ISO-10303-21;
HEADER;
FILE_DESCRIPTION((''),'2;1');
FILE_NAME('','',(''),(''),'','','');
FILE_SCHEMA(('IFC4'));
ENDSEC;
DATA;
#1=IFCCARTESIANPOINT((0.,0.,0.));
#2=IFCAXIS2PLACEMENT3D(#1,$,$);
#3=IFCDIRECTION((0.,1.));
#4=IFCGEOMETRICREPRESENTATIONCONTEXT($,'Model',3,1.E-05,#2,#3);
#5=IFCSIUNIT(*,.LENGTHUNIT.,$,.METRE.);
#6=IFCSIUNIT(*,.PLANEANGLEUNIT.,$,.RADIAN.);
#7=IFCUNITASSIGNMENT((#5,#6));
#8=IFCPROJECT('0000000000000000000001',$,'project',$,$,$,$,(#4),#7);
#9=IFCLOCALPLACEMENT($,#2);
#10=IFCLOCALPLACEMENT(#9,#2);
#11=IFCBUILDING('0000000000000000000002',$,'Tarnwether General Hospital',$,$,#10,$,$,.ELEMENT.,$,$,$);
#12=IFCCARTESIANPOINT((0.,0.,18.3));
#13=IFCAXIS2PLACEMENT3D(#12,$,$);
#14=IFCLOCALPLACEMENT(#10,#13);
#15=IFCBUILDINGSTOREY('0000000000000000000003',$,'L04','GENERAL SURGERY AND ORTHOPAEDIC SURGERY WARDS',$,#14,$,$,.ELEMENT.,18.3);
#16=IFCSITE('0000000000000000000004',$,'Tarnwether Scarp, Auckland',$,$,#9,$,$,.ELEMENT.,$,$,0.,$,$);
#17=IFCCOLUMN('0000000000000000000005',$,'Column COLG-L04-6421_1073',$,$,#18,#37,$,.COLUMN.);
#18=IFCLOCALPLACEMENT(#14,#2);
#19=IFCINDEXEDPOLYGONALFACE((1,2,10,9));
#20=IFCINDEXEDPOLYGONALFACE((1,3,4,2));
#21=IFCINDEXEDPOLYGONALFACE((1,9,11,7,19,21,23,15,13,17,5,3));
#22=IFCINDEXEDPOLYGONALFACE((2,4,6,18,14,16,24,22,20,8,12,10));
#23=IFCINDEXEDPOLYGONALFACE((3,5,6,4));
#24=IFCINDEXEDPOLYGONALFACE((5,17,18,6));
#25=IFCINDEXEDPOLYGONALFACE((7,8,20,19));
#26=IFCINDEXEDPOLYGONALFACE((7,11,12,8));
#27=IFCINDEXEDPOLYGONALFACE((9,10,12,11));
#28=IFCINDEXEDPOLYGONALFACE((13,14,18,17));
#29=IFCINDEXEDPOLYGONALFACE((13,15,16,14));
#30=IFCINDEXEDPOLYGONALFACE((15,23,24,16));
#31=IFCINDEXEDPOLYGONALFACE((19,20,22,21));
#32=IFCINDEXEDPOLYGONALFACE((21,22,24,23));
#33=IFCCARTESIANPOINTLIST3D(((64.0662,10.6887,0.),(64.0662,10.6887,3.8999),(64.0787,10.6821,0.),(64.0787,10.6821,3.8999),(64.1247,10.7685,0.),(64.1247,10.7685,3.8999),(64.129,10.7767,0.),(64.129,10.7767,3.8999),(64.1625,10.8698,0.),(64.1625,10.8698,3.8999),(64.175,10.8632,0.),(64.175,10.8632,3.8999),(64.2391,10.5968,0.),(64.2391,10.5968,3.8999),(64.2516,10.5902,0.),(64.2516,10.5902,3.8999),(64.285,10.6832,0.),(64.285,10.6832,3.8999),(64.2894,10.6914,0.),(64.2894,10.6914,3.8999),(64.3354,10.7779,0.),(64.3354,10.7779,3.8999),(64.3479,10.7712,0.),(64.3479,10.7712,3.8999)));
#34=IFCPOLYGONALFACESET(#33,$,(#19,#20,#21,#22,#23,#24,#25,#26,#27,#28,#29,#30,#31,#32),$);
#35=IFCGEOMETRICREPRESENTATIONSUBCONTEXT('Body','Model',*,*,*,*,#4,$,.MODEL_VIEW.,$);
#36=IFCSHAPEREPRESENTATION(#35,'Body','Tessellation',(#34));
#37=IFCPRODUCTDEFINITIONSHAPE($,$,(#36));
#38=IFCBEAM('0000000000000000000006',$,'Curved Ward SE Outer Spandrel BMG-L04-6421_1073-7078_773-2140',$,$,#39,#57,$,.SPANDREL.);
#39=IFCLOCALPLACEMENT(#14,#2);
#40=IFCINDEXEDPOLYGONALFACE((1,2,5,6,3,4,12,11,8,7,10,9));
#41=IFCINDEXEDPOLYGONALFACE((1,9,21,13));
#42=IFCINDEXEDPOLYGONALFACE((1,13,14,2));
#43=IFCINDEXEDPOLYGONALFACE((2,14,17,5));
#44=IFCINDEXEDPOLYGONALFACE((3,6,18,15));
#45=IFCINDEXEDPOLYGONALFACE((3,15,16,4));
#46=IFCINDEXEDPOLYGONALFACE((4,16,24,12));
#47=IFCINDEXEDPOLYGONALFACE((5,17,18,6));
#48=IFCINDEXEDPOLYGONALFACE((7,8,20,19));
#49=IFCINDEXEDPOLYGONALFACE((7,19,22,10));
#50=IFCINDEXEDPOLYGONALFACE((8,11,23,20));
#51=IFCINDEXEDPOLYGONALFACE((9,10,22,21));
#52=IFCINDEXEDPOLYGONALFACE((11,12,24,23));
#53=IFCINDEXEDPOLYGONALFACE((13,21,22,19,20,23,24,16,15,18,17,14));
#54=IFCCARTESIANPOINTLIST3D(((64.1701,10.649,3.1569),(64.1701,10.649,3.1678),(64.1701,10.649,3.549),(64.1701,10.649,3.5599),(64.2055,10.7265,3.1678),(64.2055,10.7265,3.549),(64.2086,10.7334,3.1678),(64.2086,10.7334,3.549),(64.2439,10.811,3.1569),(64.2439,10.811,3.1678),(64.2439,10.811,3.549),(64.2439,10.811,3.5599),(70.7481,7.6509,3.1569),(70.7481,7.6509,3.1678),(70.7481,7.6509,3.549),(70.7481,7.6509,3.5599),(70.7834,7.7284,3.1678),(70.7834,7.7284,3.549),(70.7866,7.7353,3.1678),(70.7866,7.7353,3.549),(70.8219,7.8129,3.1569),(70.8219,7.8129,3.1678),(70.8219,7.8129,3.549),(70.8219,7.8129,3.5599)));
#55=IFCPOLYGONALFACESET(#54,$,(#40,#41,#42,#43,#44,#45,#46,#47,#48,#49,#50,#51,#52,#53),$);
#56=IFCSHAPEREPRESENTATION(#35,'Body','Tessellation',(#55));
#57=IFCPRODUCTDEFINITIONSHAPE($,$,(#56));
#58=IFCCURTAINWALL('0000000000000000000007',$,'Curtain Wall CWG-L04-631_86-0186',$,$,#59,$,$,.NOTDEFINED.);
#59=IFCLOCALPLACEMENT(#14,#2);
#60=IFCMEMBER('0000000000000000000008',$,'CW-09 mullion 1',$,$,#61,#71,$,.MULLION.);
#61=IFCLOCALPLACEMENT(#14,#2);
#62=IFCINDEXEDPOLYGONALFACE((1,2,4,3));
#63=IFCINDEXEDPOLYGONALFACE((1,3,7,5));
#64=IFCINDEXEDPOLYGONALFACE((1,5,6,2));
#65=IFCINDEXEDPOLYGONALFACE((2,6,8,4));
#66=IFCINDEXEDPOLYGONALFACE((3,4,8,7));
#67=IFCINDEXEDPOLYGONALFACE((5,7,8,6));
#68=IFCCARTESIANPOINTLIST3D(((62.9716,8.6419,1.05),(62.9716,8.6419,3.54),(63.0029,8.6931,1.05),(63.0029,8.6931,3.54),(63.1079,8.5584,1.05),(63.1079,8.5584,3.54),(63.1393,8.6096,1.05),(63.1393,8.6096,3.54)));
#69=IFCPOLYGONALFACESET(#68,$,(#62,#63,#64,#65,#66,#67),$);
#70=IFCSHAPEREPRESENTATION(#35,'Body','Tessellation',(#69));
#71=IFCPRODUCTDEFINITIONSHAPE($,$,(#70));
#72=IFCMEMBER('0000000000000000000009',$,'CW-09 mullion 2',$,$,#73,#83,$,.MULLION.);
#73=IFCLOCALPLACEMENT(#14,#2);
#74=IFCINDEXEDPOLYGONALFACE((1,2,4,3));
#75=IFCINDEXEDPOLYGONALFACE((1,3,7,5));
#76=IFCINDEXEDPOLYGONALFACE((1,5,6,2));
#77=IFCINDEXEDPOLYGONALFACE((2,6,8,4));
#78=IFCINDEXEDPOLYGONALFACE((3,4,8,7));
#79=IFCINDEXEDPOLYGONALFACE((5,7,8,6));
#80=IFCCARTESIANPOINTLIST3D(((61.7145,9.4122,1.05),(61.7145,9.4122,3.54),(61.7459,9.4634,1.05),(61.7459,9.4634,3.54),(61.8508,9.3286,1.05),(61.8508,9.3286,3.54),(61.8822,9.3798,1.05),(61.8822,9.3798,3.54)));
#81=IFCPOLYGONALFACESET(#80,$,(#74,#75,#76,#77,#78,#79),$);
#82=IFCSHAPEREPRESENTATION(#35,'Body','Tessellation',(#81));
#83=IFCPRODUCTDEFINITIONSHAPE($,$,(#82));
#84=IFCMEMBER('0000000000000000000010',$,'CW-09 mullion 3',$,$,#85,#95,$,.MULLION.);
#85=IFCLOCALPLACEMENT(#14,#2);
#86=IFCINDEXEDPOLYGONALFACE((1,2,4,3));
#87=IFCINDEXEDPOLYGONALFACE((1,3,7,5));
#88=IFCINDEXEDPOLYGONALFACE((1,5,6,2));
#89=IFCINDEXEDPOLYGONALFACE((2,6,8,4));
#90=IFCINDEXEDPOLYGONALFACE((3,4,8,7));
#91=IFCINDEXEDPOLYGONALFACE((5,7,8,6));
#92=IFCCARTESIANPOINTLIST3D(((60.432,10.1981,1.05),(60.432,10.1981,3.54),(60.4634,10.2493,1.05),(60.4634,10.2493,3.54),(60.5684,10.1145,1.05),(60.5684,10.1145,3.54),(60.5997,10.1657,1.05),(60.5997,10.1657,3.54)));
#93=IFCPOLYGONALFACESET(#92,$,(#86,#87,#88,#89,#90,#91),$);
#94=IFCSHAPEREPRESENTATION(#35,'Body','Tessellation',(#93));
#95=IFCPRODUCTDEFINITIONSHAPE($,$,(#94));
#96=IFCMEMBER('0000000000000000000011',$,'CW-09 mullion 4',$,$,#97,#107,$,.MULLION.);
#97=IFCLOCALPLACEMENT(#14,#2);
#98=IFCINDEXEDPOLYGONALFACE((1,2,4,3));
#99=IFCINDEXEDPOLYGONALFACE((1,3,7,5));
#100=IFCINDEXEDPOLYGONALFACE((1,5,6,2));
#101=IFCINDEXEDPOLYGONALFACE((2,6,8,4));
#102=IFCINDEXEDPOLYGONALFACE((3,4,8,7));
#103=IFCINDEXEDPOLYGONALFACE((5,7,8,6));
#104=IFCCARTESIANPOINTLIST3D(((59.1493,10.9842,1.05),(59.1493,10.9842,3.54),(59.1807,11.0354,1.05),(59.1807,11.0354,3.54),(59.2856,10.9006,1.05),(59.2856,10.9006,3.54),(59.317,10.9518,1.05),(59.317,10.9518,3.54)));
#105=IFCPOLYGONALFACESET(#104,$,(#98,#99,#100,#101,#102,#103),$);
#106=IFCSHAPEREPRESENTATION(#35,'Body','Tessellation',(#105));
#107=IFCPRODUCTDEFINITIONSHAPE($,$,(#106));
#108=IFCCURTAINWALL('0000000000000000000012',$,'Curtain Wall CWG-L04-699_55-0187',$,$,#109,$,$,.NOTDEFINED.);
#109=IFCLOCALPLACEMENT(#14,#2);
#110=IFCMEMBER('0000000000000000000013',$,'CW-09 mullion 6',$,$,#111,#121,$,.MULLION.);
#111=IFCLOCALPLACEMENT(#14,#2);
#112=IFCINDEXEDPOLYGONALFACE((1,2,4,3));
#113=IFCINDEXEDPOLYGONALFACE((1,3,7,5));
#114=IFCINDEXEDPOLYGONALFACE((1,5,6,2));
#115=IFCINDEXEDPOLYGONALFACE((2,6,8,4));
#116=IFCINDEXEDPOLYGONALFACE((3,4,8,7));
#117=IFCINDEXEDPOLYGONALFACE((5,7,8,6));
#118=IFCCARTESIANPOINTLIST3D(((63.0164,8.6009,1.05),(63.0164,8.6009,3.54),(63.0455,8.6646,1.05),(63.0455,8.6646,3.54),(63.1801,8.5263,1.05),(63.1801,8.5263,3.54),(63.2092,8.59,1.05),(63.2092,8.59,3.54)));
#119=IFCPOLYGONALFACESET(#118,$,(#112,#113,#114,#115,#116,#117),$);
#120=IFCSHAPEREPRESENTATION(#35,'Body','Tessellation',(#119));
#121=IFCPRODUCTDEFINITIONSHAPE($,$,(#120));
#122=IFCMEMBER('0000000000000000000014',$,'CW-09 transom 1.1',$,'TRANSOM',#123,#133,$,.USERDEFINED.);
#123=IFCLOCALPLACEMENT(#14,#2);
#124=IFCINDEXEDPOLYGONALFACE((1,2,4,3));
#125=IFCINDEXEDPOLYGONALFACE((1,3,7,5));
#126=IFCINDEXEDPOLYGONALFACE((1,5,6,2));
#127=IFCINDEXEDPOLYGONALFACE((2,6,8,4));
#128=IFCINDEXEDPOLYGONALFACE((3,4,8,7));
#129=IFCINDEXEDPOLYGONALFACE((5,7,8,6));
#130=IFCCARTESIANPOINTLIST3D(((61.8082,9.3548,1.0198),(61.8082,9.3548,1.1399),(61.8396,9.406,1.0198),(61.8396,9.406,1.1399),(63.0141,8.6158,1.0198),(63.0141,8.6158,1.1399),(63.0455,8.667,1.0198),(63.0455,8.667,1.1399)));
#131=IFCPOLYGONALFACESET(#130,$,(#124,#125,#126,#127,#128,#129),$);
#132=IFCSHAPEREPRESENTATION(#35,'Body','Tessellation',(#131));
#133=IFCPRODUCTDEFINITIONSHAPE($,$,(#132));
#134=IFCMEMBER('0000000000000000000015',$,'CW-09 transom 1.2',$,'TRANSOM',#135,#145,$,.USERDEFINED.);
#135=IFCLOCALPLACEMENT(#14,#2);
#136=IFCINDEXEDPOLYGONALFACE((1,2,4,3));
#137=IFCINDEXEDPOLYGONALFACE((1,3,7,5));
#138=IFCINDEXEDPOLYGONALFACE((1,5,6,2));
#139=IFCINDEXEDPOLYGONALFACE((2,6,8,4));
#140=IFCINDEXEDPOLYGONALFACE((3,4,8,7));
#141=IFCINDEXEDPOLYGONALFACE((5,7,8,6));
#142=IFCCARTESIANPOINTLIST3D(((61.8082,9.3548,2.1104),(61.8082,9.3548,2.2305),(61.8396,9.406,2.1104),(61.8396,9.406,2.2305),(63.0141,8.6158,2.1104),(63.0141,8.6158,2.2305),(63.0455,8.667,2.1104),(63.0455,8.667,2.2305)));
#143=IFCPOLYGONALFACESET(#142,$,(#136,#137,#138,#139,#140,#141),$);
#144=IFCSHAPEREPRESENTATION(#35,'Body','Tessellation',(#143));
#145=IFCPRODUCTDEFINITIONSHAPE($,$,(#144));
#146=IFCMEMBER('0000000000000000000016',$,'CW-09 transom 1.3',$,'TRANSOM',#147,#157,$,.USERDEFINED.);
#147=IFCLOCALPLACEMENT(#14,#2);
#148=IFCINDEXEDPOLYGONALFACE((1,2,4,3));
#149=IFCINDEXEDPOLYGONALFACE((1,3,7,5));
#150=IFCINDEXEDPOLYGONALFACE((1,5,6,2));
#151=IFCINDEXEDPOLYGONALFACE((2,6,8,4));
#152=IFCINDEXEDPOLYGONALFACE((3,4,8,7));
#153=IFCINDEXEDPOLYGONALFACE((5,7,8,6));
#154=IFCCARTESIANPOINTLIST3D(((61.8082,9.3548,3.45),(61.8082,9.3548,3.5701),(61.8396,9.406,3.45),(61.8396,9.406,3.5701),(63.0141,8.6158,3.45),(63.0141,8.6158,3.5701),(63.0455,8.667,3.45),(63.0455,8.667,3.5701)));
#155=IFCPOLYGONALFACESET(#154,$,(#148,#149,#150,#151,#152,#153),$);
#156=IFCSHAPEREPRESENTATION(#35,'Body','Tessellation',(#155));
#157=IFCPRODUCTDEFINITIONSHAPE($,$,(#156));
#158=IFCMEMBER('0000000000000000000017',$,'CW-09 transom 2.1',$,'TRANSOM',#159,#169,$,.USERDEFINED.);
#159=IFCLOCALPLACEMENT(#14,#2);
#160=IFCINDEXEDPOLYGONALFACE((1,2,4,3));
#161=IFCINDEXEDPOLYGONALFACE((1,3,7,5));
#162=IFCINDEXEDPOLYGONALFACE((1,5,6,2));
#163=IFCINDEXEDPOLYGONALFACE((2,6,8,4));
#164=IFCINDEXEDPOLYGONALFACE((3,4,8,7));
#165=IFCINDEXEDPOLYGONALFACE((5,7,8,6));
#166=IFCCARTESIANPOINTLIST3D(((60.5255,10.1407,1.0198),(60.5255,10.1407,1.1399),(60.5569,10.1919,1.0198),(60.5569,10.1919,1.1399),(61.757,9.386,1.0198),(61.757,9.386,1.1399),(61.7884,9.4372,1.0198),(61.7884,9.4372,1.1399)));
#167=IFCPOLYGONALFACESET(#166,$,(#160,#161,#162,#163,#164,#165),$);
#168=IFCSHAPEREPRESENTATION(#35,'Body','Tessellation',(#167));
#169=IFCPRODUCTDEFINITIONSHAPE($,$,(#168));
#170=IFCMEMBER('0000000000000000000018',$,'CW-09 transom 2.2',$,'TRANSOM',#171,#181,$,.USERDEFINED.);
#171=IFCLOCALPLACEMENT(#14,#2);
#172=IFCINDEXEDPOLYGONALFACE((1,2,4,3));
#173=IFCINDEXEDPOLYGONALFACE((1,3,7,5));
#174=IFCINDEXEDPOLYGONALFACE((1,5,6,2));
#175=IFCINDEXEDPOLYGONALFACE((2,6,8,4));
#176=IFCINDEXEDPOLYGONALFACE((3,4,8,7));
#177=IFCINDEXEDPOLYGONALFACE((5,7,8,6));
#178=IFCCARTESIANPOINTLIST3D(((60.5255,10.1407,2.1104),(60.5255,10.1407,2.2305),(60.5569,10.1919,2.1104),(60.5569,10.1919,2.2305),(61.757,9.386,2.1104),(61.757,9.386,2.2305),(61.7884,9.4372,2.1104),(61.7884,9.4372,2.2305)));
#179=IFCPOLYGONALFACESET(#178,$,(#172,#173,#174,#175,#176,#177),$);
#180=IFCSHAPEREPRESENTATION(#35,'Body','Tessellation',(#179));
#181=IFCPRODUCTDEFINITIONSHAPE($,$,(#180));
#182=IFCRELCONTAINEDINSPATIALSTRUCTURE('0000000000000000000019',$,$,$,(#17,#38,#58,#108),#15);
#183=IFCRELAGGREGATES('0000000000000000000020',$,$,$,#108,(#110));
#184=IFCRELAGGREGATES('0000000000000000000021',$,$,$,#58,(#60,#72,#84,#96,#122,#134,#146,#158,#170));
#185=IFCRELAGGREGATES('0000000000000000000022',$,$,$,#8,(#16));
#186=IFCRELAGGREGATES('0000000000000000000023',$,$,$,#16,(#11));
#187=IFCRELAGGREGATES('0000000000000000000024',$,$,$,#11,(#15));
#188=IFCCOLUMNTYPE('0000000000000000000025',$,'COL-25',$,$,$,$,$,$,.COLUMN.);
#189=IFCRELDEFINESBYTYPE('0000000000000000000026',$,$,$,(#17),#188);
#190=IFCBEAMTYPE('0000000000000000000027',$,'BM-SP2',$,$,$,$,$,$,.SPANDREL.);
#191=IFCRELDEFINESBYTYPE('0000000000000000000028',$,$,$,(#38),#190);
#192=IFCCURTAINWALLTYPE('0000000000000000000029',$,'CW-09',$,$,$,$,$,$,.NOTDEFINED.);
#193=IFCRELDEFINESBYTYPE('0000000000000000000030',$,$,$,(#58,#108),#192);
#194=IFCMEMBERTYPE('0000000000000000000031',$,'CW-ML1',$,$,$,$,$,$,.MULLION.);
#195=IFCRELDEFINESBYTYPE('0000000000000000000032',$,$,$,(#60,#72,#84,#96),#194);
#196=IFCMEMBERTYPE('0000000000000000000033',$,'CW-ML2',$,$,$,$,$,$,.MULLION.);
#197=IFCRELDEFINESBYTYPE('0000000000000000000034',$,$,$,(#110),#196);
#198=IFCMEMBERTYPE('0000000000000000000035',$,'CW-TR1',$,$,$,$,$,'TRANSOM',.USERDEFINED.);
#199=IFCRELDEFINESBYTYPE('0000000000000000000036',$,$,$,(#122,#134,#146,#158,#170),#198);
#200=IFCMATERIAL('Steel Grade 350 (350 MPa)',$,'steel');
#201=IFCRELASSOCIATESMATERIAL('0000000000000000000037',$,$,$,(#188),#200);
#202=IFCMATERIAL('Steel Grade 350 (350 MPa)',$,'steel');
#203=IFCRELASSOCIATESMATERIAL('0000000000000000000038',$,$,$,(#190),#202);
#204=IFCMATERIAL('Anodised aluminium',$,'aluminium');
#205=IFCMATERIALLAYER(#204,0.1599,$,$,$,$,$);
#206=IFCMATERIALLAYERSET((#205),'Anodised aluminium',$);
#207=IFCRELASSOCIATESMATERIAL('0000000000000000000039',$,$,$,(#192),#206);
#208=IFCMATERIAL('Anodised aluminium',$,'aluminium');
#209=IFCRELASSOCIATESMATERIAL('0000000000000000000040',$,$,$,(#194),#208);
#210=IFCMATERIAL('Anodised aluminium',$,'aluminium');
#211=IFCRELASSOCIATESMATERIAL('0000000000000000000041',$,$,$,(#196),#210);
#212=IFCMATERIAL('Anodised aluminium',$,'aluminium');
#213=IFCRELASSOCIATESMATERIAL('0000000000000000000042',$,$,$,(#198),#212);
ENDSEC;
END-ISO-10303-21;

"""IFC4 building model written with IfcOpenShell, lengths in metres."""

from ifc_helpers import new_model, si_unit, direction, frame, origin, origin_2d, place, context, subcontext, project, spatial, rectangle, i_section, extrude, material, layer, layer_set, material_profile, profile_set, type_object, element, aggregate, save


model = new_model("IFC4")

# Units and contexts
model_context = context("Model", 3, precision=1e-05, world=origin(), true_north=direction((0.0, 1.0)))
body_context = subcontext(model_context, "Body", "Model", "MODEL_VIEW")
ifc_project = project(units=[si_unit("LENGTHUNIT", "METRE"), si_unit("PLANEANGLEUNIT", "RADIAN")], contexts=[model_context])

# Site, building, storey
site_placement = place(None, origin())
site = spatial("IfcSite", under=ifc_project, at=site_placement, Name="Tarnwether Scarp, Auckland", CompositionType="ELEMENT", RefElevation=0.0)
building_placement = place(site_placement, origin())
building = spatial("IfcBuilding", under=site, at=building_placement, Name="Tarnwether General Hospital", CompositionType="ELEMENT")
storey_placement = place(building_placement, frame((0.0, 0.0, 18.3)))
storey = spatial("IfcBuildingStorey", under=building, at=storey_placement, Name="L04", Description="GENERAL SURGERY AND ORTHOPAEDIC SURGERY WARDS", CompositionType="ELEMENT", Elevation=18.3)

# Column
ifc_material_1 = material(Name="Steel Grade 350 (350 MPa)", Category="steel")
ifc_material_profile_1 = material_profile(ifc_material_1, i_section(OverallWidth=0.2051, OverallDepth=0.21, WebThickness=0.0093, FlangeThickness=0.0142, at=origin_2d()), Name="200UC59.5")
ifc_profile_set_1 = profile_set([ifc_material_profile_1], Name="Steel Grade 350 (350 MPa)")
column_type = type_object("IfcColumnType", Name="COL-25", PredefinedType="COLUMN", material=ifc_profile_set_1)
column_placement = place(storey_placement, frame((64.207, 10.73, 0.0), z_axis=(0.0, 0.0, 1.0), x_axis=(0.469472, 0.882948, 0.0)))
element("IfcColumn", 1, at=column_placement, inside=storey, type_object=column_type, Name="Column COLG-L04-6421_1073", PredefinedType="COLUMN", context=body_context, shape_type="SweptSolid", body=[
    extrude(i_section(OverallWidth=0.2051, OverallDepth=0.21, WebThickness=0.0093, FlangeThickness=0.0142, at=origin_2d()), origin(), (0.0, 0.0, 1.0), 3.8999),
])

# Beam
ifc_material_2 = material(Name="Steel Grade 350 (350 MPa)", Category="steel")
ifc_material_profile_2 = material_profile(ifc_material_2, i_section(OverallWidth=0.178, OverallDepth=0.4031, WebThickness=0.0076, FlangeThickness=0.011, at=origin_2d()), Name="410UB53.7")
ifc_profile_set_2 = profile_set([ifc_material_profile_2], Name="Steel Grade 350 (350 MPa)")
beam_type = type_object("IfcBeamType", Name="BM-SP2", PredefinedType="SPANDREL", material=ifc_profile_set_2)
beam_placement = place(storey_placement, frame((64.207, 10.73, 3.3584), z_axis=(0.909944, -0.414731, 0.0), x_axis=(0.414731, 0.909944, 0.0)))
element("IfcBeam", 2, at=beam_placement, inside=storey, type_object=beam_type, Name="Curved Ward SE Outer Spandrel BMG-L04-6421_1073-7078_773-2140", PredefinedType="SPANDREL", context=body_context, shape_type="SweptSolid", body=[
    extrude(i_section(OverallWidth=0.178, OverallDepth=0.4031, WebThickness=0.0076, FlangeThickness=0.011, at=origin_2d()), origin(), (0.0, 0.0, 1.0), 7.229),
])

# Curtain wall, members
ifc_material_3 = material(Name="Anodised aluminium", Category="aluminium")
ifc_layer_1 = layer(ifc_material_3, 0.1599)
ifc_layer_set_1 = layer_set([ifc_layer_1], Name="Anodised aluminium")
curtain_wall_type = type_object("IfcCurtainWallType", Name="CW-09", PredefinedType="NOTDEFINED", material=ifc_layer_set_1)
curtain_wall_1_placement = place(storey_placement, origin())
curtain_wall_1 = element("IfcCurtainWall", 3, at=curtain_wall_1_placement, inside=storey, type_object=curtain_wall_type, Name="Curtain Wall CWG-L04-631_86-0186", PredefinedType="NOTDEFINED")
ifc_material_4 = material(Name="Anodised aluminium", Category="aluminium")
ifc_material_profile_3 = material_profile(ifc_material_4, rectangle(XDim=0.0601, YDim=0.1599, at=origin_2d()), Name="ALU-MUL-60x160")
ifc_profile_set_3 = profile_set([ifc_material_profile_3], Name="Anodised aluminium")
member_type_1 = type_object("IfcMemberType", Name="CW-ML1", PredefinedType="MULLION", material=ifc_profile_set_3)
member_1_placement = place(storey_placement, frame((63.0554, 8.6257, 1.05), z_axis=(0.0, 0.0, 1.0), x_axis=(-0.522509, -0.852634, 0.0)))
member_1 = element("IfcMember", 4, at=member_1_placement, type_object=member_type_1, Name="CW-09 mullion 1", PredefinedType="MULLION", context=body_context, shape_type="SweptSolid", body=[
    extrude(rectangle(XDim=0.0601, YDim=0.1599, at=origin_2d()), origin(), (0.0, 0.0, 1.0), 2.49),
])
member_2_placement = place(storey_placement, frame((61.7983, 9.396, 1.05), z_axis=(0.0, 0.0, 1.0), x_axis=(-0.522509, -0.852634, 0.0)))
member_2 = element("IfcMember", 5, at=member_2_placement, type_object=member_type_1, Name="CW-09 mullion 2", PredefinedType="MULLION", context=body_context, shape_type="SweptSolid", body=[
    extrude(rectangle(XDim=0.0601, YDim=0.1599, at=origin_2d()), origin(), (0.0, 0.0, 1.0), 2.49),
])
member_3_placement = place(storey_placement, frame((60.5159, 10.1819, 1.05), z_axis=(0.0, 0.0, 1.0), x_axis=(-0.522509, -0.852634, 0.0)))
member_3 = element("IfcMember", 6, at=member_3_placement, type_object=member_type_1, Name="CW-09 mullion 3", PredefinedType="MULLION", context=body_context, shape_type="SweptSolid", body=[
    extrude(rectangle(XDim=0.0601, YDim=0.1599, at=origin_2d()), origin(), (0.0, 0.0, 1.0), 2.49),
])
member_4_placement = place(storey_placement, frame((59.2332, 10.968, 1.05), z_axis=(0.0, 0.0, 1.0), x_axis=(-0.522509, -0.852634, 0.0)))
member_4 = element("IfcMember", 7, at=member_4_placement, type_object=member_type_1, Name="CW-09 mullion 4", PredefinedType="MULLION", context=body_context, shape_type="SweptSolid", body=[
    extrude(rectangle(XDim=0.0601, YDim=0.1599, at=origin_2d()), origin(), (0.0, 0.0, 1.0), 2.49),
])

# Curtain wall, member
curtain_wall_2_placement = place(storey_placement, origin())
curtain_wall_2 = element("IfcCurtainWall", 8, at=curtain_wall_2_placement, inside=storey, type_object=curtain_wall_type, Name="Curtain Wall CWG-L04-699_55-0187", PredefinedType="NOTDEFINED")
ifc_material_5 = material(Name="Anodised aluminium", Category="aluminium")
ifc_material_profile_4 = material_profile(ifc_material_5, rectangle(XDim=0.0701, YDim=0.1799, at=origin_2d()), Name="ALU-MUL-70x180")
ifc_profile_set_4 = profile_set([ifc_material_profile_4], Name="Anodised aluminium")
member_type_2 = type_object("IfcMemberType", Name="CW-ML2", PredefinedType="MULLION", material=ifc_profile_set_4)
member_5_placement = place(storey_placement, frame((63.1128, 8.5955, 1.05), z_axis=(0.0, 0.0, 1.0), x_axis=(-0.414694, -0.909961, 0.0)))
member_5 = element("IfcMember", 9, at=member_5_placement, type_object=member_type_2, Name="CW-09 mullion 6", PredefinedType="MULLION", context=body_context, shape_type="SweptSolid", body=[
    extrude(rectangle(XDim=0.0701, YDim=0.1799, at=origin_2d()), origin(), (0.0, 0.0, 1.0), 2.49),
])

# Members
ifc_material_6 = material(Name="Anodised aluminium", Category="aluminium")
ifc_material_profile_5 = material_profile(ifc_material_6, rectangle(XDim=0.0601, YDim=0.1201, at=origin_2d()), Name="ALU-TRN-60x120")
ifc_profile_set_5 = profile_set([ifc_material_profile_5], Name="Anodised aluminium")
member_type_3 = type_object("IfcMemberType", Name="CW-TR1", ElementType="TRANSOM", PredefinedType="USERDEFINED", material=ifc_profile_set_5)
member_6_placement = place(storey_placement, frame((63.0298, 8.6414, 1.0798), z_axis=(-0.852611, 0.522546, 0.0), x_axis=(-0.522546, -0.852611, 0.0)))
member_6 = element("IfcMember", 10, at=member_6_placement, type_object=member_type_3, Name="CW-09 transom 1.1", ObjectType="TRANSOM", PredefinedType="USERDEFINED", context=body_context, shape_type="SweptSolid", body=[
    extrude(rectangle(XDim=0.0601, YDim=0.1201, at=origin_2d()), origin(), (0.0, 0.0, 1.0), 1.4143),
])
member_7_placement = place(storey_placement, frame((63.0298, 8.6414, 2.1704), z_axis=(-0.852611, 0.522546, 0.0), x_axis=(-0.522546, -0.852611, 0.0)))
member_7 = element("IfcMember", 11, at=member_7_placement, type_object=member_type_3, Name="CW-09 transom 1.2", ObjectType="TRANSOM", PredefinedType="USERDEFINED", context=body_context, shape_type="SweptSolid", body=[
    extrude(rectangle(XDim=0.0601, YDim=0.1201, at=origin_2d()), origin(), (0.0, 0.0, 1.0), 1.4143),
])
member_8_placement = place(storey_placement, frame((63.0298, 8.6414, 3.51), z_axis=(-0.852611, 0.522546, 0.0), x_axis=(-0.522546, -0.852611, 0.0)))
member_8 = element("IfcMember", 12, at=member_8_placement, type_object=member_type_3, Name="CW-09 transom 1.3", ObjectType="TRANSOM", PredefinedType="USERDEFINED", context=body_context, shape_type="SweptSolid", body=[
    extrude(rectangle(XDim=0.0601, YDim=0.1201, at=origin_2d()), origin(), (0.0, 0.0, 1.0), 1.4143),
])
member_9_placement = place(storey_placement, frame((61.7727, 9.4116, 1.0798), z_axis=(-0.852638, 0.522503, 0.0), x_axis=(-0.522503, -0.852638, 0.0)))
member_9 = element("IfcMember", 13, at=member_9_placement, type_object=member_type_3, Name="CW-09 transom 2.1", ObjectType="TRANSOM", PredefinedType="USERDEFINED", context=body_context, shape_type="SweptSolid", body=[
    extrude(rectangle(XDim=0.0601, YDim=0.1201, at=origin_2d()), origin(), (0.0, 0.0, 1.0), 1.4443),
])
member_10_placement = place(storey_placement, frame((61.7727, 9.4116, 2.1704), z_axis=(-0.852638, 0.522503, 0.0), x_axis=(-0.522503, -0.852638, 0.0)))
member_10 = element("IfcMember", 14, at=member_10_placement, type_object=member_type_3, Name="CW-09 transom 2.2", ObjectType="TRANSOM", PredefinedType="USERDEFINED", context=body_context, shape_type="SweptSolid", body=[
    extrude(rectangle(XDim=0.0601, YDim=0.1201, at=origin_2d()), origin(), (0.0, 0.0, 1.0), 1.4443),
])

aggregate(curtain_wall_2, [member_5])
aggregate(curtain_wall_1, [member_1, member_2, member_3, member_4, member_6, member_7, member_8, member_9, member_10])

save(model, "model.ifc")
